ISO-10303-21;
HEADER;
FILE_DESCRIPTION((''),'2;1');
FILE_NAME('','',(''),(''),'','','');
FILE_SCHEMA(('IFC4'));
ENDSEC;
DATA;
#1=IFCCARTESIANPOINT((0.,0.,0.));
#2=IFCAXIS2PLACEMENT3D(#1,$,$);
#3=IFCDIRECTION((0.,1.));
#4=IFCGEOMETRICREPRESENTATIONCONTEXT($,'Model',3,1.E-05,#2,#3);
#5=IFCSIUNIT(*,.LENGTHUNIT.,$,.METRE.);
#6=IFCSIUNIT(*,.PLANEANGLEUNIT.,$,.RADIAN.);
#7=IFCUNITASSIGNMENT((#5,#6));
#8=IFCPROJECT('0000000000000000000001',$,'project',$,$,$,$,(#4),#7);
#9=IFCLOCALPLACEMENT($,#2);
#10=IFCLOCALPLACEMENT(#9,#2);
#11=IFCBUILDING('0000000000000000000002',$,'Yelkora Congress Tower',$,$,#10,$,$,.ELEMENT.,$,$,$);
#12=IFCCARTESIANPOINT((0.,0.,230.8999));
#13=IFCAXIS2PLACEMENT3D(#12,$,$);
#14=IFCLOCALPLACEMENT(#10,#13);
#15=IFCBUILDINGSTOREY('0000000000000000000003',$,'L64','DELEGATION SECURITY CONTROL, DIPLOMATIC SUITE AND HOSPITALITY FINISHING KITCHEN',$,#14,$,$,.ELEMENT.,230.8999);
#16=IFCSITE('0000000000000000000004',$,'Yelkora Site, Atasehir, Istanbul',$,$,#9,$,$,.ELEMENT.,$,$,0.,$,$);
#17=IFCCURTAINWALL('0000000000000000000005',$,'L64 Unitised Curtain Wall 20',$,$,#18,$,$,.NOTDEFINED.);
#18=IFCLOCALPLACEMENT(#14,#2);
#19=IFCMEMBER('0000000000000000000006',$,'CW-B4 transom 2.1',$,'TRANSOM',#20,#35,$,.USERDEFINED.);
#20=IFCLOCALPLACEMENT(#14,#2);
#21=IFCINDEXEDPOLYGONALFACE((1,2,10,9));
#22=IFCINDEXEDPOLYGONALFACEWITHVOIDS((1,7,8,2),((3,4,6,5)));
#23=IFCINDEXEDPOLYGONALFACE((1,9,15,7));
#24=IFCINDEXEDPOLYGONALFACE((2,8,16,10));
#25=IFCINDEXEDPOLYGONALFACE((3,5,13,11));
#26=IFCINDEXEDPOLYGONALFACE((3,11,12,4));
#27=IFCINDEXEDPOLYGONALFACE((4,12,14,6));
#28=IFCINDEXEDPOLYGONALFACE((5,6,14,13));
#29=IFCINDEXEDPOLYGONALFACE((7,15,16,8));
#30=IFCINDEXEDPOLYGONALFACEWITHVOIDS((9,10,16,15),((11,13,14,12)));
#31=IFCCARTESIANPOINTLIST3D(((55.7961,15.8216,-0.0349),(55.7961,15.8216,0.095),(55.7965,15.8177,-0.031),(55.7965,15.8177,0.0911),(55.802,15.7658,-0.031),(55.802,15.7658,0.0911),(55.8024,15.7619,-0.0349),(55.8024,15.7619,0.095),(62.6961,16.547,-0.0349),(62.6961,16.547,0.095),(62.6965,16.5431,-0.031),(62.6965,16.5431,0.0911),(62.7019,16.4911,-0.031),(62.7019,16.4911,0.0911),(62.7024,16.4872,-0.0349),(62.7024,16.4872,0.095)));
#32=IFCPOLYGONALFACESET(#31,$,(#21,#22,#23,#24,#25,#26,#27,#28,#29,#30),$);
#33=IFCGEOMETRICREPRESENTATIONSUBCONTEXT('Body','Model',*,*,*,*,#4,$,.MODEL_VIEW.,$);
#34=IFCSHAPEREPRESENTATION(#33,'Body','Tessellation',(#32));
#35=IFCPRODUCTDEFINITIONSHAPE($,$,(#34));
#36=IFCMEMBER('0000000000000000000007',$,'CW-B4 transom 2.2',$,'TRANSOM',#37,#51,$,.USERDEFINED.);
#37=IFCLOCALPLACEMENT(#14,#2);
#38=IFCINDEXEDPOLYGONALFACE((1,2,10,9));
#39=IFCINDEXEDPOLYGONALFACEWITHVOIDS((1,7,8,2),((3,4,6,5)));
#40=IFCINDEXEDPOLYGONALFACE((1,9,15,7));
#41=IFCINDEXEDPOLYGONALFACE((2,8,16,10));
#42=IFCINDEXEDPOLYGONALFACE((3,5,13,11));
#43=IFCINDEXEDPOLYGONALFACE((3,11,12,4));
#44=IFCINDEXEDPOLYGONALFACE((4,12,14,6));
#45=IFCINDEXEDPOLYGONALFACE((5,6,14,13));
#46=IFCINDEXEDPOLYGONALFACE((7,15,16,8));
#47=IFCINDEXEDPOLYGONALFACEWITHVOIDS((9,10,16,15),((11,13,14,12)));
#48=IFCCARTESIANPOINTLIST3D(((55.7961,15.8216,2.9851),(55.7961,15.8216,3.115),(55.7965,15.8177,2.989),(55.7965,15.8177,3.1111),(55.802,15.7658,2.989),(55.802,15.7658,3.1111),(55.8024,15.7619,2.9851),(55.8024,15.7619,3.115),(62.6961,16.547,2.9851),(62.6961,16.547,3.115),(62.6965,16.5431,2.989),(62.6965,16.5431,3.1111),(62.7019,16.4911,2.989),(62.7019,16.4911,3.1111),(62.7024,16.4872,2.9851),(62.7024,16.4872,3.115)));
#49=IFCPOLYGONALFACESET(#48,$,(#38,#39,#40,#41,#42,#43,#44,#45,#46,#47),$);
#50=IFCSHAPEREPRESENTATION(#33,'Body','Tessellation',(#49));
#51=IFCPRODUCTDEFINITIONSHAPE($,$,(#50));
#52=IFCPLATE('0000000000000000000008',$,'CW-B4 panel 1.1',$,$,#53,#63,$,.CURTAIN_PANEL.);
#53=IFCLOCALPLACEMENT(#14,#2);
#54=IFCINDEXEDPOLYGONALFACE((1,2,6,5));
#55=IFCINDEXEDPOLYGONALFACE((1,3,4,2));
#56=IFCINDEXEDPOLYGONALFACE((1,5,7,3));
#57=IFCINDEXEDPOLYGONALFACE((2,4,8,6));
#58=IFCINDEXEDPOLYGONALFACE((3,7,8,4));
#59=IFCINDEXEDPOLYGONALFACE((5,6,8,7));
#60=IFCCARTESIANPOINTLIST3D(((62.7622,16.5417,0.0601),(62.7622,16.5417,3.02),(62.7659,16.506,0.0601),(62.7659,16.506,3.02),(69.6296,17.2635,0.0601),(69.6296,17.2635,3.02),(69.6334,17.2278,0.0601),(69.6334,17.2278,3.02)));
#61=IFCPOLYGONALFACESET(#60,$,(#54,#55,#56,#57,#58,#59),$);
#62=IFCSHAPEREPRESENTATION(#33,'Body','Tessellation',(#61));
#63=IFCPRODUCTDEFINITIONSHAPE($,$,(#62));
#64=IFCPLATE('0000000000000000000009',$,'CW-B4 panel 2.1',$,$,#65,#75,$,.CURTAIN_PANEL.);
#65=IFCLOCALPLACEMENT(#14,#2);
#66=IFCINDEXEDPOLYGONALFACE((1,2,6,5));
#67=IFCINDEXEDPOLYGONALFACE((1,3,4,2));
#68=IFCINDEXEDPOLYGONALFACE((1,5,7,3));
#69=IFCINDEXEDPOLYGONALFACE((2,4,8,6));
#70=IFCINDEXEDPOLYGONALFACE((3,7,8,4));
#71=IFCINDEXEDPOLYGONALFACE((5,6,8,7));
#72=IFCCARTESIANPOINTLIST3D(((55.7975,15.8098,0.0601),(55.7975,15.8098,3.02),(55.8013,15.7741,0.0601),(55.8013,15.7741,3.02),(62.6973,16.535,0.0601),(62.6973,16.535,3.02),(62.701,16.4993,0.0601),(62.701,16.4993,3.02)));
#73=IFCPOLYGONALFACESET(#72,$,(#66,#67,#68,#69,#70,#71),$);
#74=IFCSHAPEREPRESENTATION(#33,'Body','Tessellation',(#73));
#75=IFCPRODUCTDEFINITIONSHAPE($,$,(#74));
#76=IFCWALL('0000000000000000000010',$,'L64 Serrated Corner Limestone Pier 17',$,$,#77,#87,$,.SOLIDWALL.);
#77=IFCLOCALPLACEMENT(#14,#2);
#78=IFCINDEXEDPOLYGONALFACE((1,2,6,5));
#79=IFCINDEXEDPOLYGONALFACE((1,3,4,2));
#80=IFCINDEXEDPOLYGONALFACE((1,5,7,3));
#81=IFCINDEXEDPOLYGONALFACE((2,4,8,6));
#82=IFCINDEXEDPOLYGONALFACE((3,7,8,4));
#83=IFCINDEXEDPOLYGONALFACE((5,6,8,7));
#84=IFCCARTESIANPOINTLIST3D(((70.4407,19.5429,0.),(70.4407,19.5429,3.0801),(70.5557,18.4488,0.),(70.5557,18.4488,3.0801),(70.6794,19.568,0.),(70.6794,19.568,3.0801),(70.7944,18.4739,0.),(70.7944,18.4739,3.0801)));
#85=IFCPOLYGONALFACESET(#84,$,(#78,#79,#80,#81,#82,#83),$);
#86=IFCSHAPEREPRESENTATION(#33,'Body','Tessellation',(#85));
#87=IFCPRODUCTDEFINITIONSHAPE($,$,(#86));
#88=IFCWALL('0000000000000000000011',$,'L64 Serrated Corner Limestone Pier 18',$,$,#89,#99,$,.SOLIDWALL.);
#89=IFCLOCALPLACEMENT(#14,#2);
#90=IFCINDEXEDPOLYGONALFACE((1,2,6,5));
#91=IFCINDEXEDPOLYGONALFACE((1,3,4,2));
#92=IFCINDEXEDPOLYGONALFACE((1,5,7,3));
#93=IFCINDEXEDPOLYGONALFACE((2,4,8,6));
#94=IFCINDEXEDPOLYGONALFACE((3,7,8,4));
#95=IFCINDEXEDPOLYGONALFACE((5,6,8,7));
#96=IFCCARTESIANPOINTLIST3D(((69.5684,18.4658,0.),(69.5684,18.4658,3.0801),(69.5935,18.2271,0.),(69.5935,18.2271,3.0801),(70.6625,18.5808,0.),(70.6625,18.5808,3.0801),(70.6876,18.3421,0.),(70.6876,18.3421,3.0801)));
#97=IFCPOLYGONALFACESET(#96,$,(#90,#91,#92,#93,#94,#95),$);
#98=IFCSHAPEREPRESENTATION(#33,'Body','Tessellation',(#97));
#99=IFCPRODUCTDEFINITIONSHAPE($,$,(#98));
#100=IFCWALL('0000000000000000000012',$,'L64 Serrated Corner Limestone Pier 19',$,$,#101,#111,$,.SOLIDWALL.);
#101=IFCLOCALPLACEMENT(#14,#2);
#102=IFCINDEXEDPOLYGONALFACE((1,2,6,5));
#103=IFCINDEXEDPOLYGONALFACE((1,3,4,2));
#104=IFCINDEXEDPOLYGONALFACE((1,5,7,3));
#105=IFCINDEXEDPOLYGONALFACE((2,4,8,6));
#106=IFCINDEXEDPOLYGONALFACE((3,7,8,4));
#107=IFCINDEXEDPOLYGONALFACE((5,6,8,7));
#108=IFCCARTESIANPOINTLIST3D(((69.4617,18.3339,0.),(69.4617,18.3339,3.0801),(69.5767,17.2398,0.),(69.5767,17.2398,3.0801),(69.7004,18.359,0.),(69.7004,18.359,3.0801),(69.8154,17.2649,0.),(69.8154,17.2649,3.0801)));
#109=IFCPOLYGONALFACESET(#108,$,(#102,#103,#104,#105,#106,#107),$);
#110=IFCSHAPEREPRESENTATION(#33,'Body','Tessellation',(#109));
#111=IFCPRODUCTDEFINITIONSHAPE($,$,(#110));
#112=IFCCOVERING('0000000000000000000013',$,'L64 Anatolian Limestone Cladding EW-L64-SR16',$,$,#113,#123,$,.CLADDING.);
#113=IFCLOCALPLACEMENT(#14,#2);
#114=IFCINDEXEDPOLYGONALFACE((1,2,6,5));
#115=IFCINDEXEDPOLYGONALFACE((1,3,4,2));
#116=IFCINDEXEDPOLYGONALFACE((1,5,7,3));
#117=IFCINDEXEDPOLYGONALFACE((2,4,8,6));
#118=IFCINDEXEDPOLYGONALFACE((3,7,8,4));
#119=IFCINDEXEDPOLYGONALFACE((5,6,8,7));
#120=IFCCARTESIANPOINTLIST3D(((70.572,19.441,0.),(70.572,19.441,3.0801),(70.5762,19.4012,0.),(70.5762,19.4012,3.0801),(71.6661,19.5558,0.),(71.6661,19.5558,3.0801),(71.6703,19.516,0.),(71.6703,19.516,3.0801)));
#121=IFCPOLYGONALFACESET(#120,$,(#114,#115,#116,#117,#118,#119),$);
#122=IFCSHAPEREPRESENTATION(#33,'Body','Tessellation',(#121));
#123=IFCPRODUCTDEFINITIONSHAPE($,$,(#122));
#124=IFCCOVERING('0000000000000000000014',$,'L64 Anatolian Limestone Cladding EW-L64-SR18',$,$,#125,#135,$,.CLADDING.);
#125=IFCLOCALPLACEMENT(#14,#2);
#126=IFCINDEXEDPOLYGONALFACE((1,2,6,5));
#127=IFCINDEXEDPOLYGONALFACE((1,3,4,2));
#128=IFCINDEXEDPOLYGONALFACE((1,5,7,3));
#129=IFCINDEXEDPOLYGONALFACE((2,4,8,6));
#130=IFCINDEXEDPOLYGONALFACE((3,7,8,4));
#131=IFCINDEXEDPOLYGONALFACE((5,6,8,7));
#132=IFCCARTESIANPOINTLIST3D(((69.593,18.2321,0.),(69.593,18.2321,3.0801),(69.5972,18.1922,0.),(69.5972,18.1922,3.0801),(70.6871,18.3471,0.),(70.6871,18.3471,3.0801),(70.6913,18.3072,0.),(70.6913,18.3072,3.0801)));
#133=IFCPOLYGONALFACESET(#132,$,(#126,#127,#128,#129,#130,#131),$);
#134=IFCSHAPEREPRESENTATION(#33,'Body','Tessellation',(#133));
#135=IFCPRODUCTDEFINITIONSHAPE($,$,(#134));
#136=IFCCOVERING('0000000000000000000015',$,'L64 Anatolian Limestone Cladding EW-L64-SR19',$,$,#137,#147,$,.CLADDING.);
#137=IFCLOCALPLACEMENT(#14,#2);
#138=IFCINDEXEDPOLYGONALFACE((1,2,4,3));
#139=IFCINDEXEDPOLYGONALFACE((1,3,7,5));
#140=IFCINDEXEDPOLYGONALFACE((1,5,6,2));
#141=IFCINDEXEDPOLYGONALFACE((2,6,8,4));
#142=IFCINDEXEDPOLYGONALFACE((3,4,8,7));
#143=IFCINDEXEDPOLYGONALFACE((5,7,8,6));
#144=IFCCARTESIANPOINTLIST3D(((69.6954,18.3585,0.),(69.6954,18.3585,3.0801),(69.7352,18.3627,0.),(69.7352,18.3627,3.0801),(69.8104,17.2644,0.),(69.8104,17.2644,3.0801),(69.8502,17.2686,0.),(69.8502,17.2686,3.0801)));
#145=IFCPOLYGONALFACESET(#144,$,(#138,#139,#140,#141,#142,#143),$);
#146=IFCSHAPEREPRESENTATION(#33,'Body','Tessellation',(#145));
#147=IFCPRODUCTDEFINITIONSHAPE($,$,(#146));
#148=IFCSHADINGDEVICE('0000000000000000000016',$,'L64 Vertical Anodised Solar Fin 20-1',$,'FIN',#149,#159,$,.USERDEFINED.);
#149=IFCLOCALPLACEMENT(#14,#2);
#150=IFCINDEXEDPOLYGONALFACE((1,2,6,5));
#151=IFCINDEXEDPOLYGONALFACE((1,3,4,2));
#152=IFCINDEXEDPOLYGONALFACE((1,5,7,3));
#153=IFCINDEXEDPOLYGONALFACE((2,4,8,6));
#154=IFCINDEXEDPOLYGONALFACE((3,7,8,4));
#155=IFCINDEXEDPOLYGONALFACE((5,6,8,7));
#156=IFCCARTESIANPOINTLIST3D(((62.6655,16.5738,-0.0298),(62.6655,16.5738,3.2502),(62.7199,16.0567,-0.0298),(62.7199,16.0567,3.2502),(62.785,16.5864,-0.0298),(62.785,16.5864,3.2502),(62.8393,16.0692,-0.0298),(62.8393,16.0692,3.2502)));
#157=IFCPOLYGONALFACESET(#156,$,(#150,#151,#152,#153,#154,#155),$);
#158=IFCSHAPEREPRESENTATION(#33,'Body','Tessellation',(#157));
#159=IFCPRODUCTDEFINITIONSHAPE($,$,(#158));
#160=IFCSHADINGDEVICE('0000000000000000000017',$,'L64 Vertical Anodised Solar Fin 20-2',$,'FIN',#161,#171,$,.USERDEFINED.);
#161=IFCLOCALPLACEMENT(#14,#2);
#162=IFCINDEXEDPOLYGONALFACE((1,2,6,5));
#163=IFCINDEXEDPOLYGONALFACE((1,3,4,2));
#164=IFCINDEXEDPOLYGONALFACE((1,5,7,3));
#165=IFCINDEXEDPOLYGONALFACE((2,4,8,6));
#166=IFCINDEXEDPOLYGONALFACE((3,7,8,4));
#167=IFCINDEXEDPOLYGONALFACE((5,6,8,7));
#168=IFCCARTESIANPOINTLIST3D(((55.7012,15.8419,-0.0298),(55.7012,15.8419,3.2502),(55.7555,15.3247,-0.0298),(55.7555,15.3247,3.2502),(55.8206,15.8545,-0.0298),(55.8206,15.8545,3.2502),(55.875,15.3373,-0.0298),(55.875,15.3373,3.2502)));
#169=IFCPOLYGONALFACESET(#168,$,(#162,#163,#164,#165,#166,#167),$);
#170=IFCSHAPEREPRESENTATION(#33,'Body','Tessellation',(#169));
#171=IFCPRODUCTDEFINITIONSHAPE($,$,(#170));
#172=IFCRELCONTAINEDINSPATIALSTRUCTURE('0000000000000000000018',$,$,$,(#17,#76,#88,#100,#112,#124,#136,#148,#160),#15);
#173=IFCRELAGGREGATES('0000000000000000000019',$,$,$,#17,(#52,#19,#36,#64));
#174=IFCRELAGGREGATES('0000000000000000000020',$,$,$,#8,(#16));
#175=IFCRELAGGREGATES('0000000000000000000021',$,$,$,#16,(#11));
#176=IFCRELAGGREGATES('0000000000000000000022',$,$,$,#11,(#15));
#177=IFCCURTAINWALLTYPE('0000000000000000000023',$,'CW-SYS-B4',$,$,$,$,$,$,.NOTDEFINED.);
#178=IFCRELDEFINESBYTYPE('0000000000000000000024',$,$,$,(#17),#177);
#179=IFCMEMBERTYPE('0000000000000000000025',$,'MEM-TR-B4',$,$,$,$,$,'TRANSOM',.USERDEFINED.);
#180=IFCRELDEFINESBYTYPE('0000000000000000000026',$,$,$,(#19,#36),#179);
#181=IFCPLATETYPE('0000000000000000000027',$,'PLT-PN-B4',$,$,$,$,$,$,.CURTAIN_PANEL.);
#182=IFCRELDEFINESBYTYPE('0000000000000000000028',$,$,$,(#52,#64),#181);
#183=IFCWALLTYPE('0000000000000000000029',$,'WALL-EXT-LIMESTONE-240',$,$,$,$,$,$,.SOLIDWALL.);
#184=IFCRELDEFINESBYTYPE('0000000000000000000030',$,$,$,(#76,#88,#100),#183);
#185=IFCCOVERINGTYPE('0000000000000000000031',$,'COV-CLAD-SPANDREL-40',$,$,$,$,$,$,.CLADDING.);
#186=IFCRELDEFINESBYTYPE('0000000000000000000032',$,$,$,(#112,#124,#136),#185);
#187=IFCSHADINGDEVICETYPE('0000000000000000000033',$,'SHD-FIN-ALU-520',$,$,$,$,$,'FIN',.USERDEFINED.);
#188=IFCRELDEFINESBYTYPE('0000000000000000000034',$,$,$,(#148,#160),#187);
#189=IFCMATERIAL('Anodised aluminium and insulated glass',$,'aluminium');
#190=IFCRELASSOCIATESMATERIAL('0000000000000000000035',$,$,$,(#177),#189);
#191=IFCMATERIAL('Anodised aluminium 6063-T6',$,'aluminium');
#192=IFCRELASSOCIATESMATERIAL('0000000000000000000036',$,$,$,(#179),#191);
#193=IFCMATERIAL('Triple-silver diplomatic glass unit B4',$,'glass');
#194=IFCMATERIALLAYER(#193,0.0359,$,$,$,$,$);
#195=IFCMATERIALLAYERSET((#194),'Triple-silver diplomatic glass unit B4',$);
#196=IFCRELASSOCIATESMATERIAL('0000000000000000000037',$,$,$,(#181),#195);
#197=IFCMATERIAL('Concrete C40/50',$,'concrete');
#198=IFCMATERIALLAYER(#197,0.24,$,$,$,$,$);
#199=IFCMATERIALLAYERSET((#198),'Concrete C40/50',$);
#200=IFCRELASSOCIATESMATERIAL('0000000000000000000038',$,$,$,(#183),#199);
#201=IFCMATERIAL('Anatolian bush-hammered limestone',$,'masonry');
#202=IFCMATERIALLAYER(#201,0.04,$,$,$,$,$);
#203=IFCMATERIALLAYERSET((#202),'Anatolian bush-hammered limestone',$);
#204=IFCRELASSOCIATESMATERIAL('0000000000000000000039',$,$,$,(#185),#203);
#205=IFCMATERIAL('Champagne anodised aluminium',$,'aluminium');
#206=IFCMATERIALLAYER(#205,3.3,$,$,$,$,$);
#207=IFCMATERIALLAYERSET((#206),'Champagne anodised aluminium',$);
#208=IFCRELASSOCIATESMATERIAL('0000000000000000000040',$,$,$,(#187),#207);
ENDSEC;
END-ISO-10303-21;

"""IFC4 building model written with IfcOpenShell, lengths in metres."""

from ifc_helpers import new_model, si_unit, direction, frame, frame_2d, origin, origin_2d, place, context, subcontext, project, spatial, rectangle, hollow_rectangle, extrude, material, layer, layer_set, material_profile, profile_set, type_object, element, aggregate, save


model = new_model("IFC4")

# Units and contexts
model_context = context("Model", 3, precision=1e-05, world=origin(), true_north=direction((0.0, 1.0)))
body_context = subcontext(model_context, "Body", "Model", "MODEL_VIEW")
ifc_project = project(units=[si_unit("LENGTHUNIT", "METRE"), si_unit("PLANEANGLEUNIT", "RADIAN")], contexts=[model_context])

# Site, building, storey
site_placement = place(None, origin())
site = spatial("IfcSite", under=ifc_project, at=site_placement, Name="Yelkora Site, Atasehir, Istanbul", CompositionType="ELEMENT", RefElevation=0.0)
building_placement = place(site_placement, origin())
building = spatial("IfcBuilding", under=site, at=building_placement, Name="Yelkora Congress Tower", CompositionType="ELEMENT")
storey_placement = place(building_placement, frame((0.0, 0.0, 230.8999)))
storey = spatial("IfcBuildingStorey", under=building, at=storey_placement, Name="L64", Description="DELEGATION SECURITY CONTROL, DIPLOMATIC SUITE AND HOSPITALITY FINISHING KITCHEN", CompositionType="ELEMENT", Elevation=230.8999)

# Curtain wall, members, plates
ifc_material_1 = material(Name="Anodised aluminium and insulated glass", Category="aluminium")
curtain_wall_type = type_object("IfcCurtainWallType", Name="CW-SYS-B4", PredefinedType="NOTDEFINED", material=ifc_material_1)
curtain_wall_placement = place(storey_placement, origin())
curtain_wall = element("IfcCurtainWall", 1, at=curtain_wall_placement, inside=storey, type_object=curtain_wall_type, Name="L64 Unitised Curtain Wall 20", PredefinedType="NOTDEFINED")
ifc_material_2 = material(Name="Anodised aluminium 6063-T6", Category="aluminium")
ifc_material_profile_1 = material_profile(ifc_material_2, hollow_rectangle(XDim=0.0601, YDim=0.1299, WallThickness=0.0039, at=origin_2d()), Name="ALU 60x130x4")
ifc_profile_set_1 = profile_set([ifc_material_profile_1], Name="Anodised aluminium 6063-T6")
member_type_1 = type_object("IfcMemberType", Name="MEM-TR-B4", ElementType="TRANSOM", PredefinedType="USERDEFINED", material=ifc_profile_set_1)
member_1_placement = place(storey_placement, frame((62.6992, 16.5171, 0.03), z_axis=(-0.99452, -0.104547, 0.0), x_axis=(0.104547, -0.99452, 0.0)))
member_1 = element("IfcMember", 2, at=member_1_placement, type_object=member_type_1, Name="CW-B4 transom 2.1", ObjectType="TRANSOM", PredefinedType="USERDEFINED", context=body_context, shape_type="SweptSolid", body=[
    extrude(hollow_rectangle(XDim=0.0601, YDim=0.1299, WallThickness=0.0039, at=origin_2d()), origin(), (0.0, 0.0, 1.0), 6.938),
])
member_2_placement = place(storey_placement, frame((62.6992, 16.5171, 3.05), z_axis=(-0.99452, -0.104547, 0.0), x_axis=(0.104547, -0.99452, 0.0)))
member_2 = element("IfcMember", 3, at=member_2_placement, type_object=member_type_1, Name="CW-B4 transom 2.2", ObjectType="TRANSOM", PredefinedType="USERDEFINED", context=body_context, shape_type="SweptSolid", body=[
    extrude(hollow_rectangle(XDim=0.0601, YDim=0.1299, WallThickness=0.0039, at=origin_2d()), origin(), (0.0, 0.0, 1.0), 6.938),
])
ifc_material_3 = material(Name="Triple-silver diplomatic glass unit B4", Category="glass")
ifc_layer_1 = layer(ifc_material_3, 0.0359)
ifc_layer_set_1 = layer_set([ifc_layer_1], Name="Triple-silver diplomatic glass unit B4")
plate_type = type_object("IfcPlateType", Name="PLT-PN-B4", PredefinedType="CURTAIN_PANEL", material=ifc_layer_set_1)
plate_1_placement = place(storey_placement, frame((66.1978, 16.8848, 0.0601), z_axis=(0.0, 0.0, 1.0), x_axis=(-0.994522, -0.104527, 0.0)))
plate_1 = element("IfcPlate", 4, at=plate_1_placement, type_object=plate_type, Name="CW-B4 panel 1.1", PredefinedType="CURTAIN_PANEL", context=body_context, shape_type="SweptSolid", body=[
    extrude(rectangle(XDim=6.9053, YDim=0.0359, at=origin_2d()), origin(), (0.0, 0.0, 1.0), 2.96),
])
plate_2_placement = place(storey_placement, frame((59.2493, 16.1545, 0.0601), z_axis=(0.0, 0.0, 1.0), x_axis=(-0.994522, -0.104527, 0.0)))
plate_2 = element("IfcPlate", 5, at=plate_2_placement, type_object=plate_type, Name="CW-B4 panel 2.1", PredefinedType="CURTAIN_PANEL", context=body_context, shape_type="SweptSolid", body=[
    extrude(rectangle(XDim=6.9377, YDim=0.0359, at=origin_2d()), origin(), (0.0, 0.0, 1.0), 2.96),
])
aggregate(curtain_wall, [plate_1, member_1, member_2, plate_2])

# Walls
ifc_material_4 = material(Name="Concrete C40/50", Category="concrete")
ifc_layer_2 = layer(ifc_material_4, 0.24)
ifc_layer_set_2 = layer_set([ifc_layer_2], Name="Concrete C40/50")
wall_type = type_object("IfcWallType", Name="WALL-EXT-LIMESTONE-240", PredefinedType="SOLIDWALL", material=ifc_layer_set_2)
for number, where, z_axis, x_axis, name in (
    (6, (70.5601, 19.5554, 0.0), (0.0, 0.0, 1.0), (0.104535, -0.994521, 0.0), "L64 Serrated Corner Limestone Pier 17"),
    (7, (70.675, 18.4614, 0.0), (0.0, 0.0, 1.0), (-0.994521, -0.104535, 0.0), "L64 Serrated Corner Limestone Pier 18"),
    (8, (69.5811, 18.3464, 0.0), (0.0, 0.0, 1.0), (0.104535, -0.994521, 0.0), "L64 Serrated Corner Limestone Pier 19"),
):
    element("IfcWall", number, at=place(storey_placement, frame(where, z_axis=z_axis, x_axis=x_axis)), inside=storey, type_object=wall_type, Name=name, PredefinedType="SOLIDWALL", context=body_context, shape_type="SweptSolid", body=[
        extrude(rectangle(XDim=1.1001, YDim=0.24, at=frame_2d((0.55, 0.0))), origin(), (0.0, 0.0, 1.0), 3.0801),
    ])

# Coverings
ifc_material_5 = material(Name="Anatolian bush-hammered limestone", Category="masonry")
ifc_layer_3 = layer(ifc_material_5, 0.04)
ifc_layer_set_3 = layer_set([ifc_layer_3], Name="Anatolian bush-hammered limestone")
covering_type = type_object("IfcCoveringType", Name="COV-CLAD-SPANDREL-40", PredefinedType="CLADDING", material=ifc_layer_set_3)
for number, where, z_axis, x_axis, name in (
    (9, (71.6682, 19.5359, 0.0), (0.0, 0.0, 1.0), (-0.994544, -0.104315, 0.0), "L64 Anatolian Limestone Cladding EW-L64-SR16"),
    (10, (70.6892, 18.3271, 0.0), (0.0, 0.0, 1.0), (-0.994521, -0.104535, 0.0), "L64 Anatolian Limestone Cladding EW-L64-SR18"),
    (11, (69.7153, 18.3606, 0.0), (0.0, 0.0, 1.0), (0.104535, -0.994521, 0.0), "L64 Anatolian Limestone Cladding EW-L64-SR19"),
):
    element("IfcCovering", number, at=place(storey_placement, frame(where, z_axis=z_axis, x_axis=x_axis)), inside=storey, type_object=covering_type, Name=name, PredefinedType="CLADDING", context=body_context, shape_type="SweptSolid", body=[
        extrude(rectangle(XDim=1.1001, YDim=0.04, at=frame_2d((0.55, 0.0))), origin(), (0.0, 0.0, 1.0), 3.0801),
    ])

# Shading devices
ifc_material_6 = material(Name="Champagne anodised aluminium", Category="aluminium")
ifc_layer_4 = layer(ifc_material_6, 3.3)
ifc_layer_set_4 = layer_set([ifc_layer_4], Name="Champagne anodised aluminium")
shading_device_type = type_object("IfcShadingDeviceType", Name="SHD-FIN-ALU-520", ElementType="FIN", PredefinedType="USERDEFINED", material=ifc_layer_set_4)
for number, where, z_axis, x_axis, name in (
    (12, (62.7524, 16.3215, -0.0298), (0.0, 0.0, 1.0), (-0.994522, -0.104528, 0.0), "L64 Vertical Anodised Solar Fin 20-1"),
    (13, (55.7881, 15.5896, -0.0298), (0.0, 0.0, 1.0), (-0.994522, -0.104528, 0.0), "L64 Vertical Anodised Solar Fin 20-2"),
):
    element("IfcShadingDevice", number, at=place(storey_placement, frame(where, z_axis=z_axis, x_axis=x_axis)), inside=storey, type_object=shading_device_type, Name=name, ObjectType="FIN", PredefinedType="USERDEFINED", context=body_context, shape_type="SweptSolid", body=[
        extrude(rectangle(XDim=0.1201, YDim=0.52, at=origin_2d()), origin(), (0.0, 0.0, 1.0), 3.28),
    ])

save(model, "model.ifc")
